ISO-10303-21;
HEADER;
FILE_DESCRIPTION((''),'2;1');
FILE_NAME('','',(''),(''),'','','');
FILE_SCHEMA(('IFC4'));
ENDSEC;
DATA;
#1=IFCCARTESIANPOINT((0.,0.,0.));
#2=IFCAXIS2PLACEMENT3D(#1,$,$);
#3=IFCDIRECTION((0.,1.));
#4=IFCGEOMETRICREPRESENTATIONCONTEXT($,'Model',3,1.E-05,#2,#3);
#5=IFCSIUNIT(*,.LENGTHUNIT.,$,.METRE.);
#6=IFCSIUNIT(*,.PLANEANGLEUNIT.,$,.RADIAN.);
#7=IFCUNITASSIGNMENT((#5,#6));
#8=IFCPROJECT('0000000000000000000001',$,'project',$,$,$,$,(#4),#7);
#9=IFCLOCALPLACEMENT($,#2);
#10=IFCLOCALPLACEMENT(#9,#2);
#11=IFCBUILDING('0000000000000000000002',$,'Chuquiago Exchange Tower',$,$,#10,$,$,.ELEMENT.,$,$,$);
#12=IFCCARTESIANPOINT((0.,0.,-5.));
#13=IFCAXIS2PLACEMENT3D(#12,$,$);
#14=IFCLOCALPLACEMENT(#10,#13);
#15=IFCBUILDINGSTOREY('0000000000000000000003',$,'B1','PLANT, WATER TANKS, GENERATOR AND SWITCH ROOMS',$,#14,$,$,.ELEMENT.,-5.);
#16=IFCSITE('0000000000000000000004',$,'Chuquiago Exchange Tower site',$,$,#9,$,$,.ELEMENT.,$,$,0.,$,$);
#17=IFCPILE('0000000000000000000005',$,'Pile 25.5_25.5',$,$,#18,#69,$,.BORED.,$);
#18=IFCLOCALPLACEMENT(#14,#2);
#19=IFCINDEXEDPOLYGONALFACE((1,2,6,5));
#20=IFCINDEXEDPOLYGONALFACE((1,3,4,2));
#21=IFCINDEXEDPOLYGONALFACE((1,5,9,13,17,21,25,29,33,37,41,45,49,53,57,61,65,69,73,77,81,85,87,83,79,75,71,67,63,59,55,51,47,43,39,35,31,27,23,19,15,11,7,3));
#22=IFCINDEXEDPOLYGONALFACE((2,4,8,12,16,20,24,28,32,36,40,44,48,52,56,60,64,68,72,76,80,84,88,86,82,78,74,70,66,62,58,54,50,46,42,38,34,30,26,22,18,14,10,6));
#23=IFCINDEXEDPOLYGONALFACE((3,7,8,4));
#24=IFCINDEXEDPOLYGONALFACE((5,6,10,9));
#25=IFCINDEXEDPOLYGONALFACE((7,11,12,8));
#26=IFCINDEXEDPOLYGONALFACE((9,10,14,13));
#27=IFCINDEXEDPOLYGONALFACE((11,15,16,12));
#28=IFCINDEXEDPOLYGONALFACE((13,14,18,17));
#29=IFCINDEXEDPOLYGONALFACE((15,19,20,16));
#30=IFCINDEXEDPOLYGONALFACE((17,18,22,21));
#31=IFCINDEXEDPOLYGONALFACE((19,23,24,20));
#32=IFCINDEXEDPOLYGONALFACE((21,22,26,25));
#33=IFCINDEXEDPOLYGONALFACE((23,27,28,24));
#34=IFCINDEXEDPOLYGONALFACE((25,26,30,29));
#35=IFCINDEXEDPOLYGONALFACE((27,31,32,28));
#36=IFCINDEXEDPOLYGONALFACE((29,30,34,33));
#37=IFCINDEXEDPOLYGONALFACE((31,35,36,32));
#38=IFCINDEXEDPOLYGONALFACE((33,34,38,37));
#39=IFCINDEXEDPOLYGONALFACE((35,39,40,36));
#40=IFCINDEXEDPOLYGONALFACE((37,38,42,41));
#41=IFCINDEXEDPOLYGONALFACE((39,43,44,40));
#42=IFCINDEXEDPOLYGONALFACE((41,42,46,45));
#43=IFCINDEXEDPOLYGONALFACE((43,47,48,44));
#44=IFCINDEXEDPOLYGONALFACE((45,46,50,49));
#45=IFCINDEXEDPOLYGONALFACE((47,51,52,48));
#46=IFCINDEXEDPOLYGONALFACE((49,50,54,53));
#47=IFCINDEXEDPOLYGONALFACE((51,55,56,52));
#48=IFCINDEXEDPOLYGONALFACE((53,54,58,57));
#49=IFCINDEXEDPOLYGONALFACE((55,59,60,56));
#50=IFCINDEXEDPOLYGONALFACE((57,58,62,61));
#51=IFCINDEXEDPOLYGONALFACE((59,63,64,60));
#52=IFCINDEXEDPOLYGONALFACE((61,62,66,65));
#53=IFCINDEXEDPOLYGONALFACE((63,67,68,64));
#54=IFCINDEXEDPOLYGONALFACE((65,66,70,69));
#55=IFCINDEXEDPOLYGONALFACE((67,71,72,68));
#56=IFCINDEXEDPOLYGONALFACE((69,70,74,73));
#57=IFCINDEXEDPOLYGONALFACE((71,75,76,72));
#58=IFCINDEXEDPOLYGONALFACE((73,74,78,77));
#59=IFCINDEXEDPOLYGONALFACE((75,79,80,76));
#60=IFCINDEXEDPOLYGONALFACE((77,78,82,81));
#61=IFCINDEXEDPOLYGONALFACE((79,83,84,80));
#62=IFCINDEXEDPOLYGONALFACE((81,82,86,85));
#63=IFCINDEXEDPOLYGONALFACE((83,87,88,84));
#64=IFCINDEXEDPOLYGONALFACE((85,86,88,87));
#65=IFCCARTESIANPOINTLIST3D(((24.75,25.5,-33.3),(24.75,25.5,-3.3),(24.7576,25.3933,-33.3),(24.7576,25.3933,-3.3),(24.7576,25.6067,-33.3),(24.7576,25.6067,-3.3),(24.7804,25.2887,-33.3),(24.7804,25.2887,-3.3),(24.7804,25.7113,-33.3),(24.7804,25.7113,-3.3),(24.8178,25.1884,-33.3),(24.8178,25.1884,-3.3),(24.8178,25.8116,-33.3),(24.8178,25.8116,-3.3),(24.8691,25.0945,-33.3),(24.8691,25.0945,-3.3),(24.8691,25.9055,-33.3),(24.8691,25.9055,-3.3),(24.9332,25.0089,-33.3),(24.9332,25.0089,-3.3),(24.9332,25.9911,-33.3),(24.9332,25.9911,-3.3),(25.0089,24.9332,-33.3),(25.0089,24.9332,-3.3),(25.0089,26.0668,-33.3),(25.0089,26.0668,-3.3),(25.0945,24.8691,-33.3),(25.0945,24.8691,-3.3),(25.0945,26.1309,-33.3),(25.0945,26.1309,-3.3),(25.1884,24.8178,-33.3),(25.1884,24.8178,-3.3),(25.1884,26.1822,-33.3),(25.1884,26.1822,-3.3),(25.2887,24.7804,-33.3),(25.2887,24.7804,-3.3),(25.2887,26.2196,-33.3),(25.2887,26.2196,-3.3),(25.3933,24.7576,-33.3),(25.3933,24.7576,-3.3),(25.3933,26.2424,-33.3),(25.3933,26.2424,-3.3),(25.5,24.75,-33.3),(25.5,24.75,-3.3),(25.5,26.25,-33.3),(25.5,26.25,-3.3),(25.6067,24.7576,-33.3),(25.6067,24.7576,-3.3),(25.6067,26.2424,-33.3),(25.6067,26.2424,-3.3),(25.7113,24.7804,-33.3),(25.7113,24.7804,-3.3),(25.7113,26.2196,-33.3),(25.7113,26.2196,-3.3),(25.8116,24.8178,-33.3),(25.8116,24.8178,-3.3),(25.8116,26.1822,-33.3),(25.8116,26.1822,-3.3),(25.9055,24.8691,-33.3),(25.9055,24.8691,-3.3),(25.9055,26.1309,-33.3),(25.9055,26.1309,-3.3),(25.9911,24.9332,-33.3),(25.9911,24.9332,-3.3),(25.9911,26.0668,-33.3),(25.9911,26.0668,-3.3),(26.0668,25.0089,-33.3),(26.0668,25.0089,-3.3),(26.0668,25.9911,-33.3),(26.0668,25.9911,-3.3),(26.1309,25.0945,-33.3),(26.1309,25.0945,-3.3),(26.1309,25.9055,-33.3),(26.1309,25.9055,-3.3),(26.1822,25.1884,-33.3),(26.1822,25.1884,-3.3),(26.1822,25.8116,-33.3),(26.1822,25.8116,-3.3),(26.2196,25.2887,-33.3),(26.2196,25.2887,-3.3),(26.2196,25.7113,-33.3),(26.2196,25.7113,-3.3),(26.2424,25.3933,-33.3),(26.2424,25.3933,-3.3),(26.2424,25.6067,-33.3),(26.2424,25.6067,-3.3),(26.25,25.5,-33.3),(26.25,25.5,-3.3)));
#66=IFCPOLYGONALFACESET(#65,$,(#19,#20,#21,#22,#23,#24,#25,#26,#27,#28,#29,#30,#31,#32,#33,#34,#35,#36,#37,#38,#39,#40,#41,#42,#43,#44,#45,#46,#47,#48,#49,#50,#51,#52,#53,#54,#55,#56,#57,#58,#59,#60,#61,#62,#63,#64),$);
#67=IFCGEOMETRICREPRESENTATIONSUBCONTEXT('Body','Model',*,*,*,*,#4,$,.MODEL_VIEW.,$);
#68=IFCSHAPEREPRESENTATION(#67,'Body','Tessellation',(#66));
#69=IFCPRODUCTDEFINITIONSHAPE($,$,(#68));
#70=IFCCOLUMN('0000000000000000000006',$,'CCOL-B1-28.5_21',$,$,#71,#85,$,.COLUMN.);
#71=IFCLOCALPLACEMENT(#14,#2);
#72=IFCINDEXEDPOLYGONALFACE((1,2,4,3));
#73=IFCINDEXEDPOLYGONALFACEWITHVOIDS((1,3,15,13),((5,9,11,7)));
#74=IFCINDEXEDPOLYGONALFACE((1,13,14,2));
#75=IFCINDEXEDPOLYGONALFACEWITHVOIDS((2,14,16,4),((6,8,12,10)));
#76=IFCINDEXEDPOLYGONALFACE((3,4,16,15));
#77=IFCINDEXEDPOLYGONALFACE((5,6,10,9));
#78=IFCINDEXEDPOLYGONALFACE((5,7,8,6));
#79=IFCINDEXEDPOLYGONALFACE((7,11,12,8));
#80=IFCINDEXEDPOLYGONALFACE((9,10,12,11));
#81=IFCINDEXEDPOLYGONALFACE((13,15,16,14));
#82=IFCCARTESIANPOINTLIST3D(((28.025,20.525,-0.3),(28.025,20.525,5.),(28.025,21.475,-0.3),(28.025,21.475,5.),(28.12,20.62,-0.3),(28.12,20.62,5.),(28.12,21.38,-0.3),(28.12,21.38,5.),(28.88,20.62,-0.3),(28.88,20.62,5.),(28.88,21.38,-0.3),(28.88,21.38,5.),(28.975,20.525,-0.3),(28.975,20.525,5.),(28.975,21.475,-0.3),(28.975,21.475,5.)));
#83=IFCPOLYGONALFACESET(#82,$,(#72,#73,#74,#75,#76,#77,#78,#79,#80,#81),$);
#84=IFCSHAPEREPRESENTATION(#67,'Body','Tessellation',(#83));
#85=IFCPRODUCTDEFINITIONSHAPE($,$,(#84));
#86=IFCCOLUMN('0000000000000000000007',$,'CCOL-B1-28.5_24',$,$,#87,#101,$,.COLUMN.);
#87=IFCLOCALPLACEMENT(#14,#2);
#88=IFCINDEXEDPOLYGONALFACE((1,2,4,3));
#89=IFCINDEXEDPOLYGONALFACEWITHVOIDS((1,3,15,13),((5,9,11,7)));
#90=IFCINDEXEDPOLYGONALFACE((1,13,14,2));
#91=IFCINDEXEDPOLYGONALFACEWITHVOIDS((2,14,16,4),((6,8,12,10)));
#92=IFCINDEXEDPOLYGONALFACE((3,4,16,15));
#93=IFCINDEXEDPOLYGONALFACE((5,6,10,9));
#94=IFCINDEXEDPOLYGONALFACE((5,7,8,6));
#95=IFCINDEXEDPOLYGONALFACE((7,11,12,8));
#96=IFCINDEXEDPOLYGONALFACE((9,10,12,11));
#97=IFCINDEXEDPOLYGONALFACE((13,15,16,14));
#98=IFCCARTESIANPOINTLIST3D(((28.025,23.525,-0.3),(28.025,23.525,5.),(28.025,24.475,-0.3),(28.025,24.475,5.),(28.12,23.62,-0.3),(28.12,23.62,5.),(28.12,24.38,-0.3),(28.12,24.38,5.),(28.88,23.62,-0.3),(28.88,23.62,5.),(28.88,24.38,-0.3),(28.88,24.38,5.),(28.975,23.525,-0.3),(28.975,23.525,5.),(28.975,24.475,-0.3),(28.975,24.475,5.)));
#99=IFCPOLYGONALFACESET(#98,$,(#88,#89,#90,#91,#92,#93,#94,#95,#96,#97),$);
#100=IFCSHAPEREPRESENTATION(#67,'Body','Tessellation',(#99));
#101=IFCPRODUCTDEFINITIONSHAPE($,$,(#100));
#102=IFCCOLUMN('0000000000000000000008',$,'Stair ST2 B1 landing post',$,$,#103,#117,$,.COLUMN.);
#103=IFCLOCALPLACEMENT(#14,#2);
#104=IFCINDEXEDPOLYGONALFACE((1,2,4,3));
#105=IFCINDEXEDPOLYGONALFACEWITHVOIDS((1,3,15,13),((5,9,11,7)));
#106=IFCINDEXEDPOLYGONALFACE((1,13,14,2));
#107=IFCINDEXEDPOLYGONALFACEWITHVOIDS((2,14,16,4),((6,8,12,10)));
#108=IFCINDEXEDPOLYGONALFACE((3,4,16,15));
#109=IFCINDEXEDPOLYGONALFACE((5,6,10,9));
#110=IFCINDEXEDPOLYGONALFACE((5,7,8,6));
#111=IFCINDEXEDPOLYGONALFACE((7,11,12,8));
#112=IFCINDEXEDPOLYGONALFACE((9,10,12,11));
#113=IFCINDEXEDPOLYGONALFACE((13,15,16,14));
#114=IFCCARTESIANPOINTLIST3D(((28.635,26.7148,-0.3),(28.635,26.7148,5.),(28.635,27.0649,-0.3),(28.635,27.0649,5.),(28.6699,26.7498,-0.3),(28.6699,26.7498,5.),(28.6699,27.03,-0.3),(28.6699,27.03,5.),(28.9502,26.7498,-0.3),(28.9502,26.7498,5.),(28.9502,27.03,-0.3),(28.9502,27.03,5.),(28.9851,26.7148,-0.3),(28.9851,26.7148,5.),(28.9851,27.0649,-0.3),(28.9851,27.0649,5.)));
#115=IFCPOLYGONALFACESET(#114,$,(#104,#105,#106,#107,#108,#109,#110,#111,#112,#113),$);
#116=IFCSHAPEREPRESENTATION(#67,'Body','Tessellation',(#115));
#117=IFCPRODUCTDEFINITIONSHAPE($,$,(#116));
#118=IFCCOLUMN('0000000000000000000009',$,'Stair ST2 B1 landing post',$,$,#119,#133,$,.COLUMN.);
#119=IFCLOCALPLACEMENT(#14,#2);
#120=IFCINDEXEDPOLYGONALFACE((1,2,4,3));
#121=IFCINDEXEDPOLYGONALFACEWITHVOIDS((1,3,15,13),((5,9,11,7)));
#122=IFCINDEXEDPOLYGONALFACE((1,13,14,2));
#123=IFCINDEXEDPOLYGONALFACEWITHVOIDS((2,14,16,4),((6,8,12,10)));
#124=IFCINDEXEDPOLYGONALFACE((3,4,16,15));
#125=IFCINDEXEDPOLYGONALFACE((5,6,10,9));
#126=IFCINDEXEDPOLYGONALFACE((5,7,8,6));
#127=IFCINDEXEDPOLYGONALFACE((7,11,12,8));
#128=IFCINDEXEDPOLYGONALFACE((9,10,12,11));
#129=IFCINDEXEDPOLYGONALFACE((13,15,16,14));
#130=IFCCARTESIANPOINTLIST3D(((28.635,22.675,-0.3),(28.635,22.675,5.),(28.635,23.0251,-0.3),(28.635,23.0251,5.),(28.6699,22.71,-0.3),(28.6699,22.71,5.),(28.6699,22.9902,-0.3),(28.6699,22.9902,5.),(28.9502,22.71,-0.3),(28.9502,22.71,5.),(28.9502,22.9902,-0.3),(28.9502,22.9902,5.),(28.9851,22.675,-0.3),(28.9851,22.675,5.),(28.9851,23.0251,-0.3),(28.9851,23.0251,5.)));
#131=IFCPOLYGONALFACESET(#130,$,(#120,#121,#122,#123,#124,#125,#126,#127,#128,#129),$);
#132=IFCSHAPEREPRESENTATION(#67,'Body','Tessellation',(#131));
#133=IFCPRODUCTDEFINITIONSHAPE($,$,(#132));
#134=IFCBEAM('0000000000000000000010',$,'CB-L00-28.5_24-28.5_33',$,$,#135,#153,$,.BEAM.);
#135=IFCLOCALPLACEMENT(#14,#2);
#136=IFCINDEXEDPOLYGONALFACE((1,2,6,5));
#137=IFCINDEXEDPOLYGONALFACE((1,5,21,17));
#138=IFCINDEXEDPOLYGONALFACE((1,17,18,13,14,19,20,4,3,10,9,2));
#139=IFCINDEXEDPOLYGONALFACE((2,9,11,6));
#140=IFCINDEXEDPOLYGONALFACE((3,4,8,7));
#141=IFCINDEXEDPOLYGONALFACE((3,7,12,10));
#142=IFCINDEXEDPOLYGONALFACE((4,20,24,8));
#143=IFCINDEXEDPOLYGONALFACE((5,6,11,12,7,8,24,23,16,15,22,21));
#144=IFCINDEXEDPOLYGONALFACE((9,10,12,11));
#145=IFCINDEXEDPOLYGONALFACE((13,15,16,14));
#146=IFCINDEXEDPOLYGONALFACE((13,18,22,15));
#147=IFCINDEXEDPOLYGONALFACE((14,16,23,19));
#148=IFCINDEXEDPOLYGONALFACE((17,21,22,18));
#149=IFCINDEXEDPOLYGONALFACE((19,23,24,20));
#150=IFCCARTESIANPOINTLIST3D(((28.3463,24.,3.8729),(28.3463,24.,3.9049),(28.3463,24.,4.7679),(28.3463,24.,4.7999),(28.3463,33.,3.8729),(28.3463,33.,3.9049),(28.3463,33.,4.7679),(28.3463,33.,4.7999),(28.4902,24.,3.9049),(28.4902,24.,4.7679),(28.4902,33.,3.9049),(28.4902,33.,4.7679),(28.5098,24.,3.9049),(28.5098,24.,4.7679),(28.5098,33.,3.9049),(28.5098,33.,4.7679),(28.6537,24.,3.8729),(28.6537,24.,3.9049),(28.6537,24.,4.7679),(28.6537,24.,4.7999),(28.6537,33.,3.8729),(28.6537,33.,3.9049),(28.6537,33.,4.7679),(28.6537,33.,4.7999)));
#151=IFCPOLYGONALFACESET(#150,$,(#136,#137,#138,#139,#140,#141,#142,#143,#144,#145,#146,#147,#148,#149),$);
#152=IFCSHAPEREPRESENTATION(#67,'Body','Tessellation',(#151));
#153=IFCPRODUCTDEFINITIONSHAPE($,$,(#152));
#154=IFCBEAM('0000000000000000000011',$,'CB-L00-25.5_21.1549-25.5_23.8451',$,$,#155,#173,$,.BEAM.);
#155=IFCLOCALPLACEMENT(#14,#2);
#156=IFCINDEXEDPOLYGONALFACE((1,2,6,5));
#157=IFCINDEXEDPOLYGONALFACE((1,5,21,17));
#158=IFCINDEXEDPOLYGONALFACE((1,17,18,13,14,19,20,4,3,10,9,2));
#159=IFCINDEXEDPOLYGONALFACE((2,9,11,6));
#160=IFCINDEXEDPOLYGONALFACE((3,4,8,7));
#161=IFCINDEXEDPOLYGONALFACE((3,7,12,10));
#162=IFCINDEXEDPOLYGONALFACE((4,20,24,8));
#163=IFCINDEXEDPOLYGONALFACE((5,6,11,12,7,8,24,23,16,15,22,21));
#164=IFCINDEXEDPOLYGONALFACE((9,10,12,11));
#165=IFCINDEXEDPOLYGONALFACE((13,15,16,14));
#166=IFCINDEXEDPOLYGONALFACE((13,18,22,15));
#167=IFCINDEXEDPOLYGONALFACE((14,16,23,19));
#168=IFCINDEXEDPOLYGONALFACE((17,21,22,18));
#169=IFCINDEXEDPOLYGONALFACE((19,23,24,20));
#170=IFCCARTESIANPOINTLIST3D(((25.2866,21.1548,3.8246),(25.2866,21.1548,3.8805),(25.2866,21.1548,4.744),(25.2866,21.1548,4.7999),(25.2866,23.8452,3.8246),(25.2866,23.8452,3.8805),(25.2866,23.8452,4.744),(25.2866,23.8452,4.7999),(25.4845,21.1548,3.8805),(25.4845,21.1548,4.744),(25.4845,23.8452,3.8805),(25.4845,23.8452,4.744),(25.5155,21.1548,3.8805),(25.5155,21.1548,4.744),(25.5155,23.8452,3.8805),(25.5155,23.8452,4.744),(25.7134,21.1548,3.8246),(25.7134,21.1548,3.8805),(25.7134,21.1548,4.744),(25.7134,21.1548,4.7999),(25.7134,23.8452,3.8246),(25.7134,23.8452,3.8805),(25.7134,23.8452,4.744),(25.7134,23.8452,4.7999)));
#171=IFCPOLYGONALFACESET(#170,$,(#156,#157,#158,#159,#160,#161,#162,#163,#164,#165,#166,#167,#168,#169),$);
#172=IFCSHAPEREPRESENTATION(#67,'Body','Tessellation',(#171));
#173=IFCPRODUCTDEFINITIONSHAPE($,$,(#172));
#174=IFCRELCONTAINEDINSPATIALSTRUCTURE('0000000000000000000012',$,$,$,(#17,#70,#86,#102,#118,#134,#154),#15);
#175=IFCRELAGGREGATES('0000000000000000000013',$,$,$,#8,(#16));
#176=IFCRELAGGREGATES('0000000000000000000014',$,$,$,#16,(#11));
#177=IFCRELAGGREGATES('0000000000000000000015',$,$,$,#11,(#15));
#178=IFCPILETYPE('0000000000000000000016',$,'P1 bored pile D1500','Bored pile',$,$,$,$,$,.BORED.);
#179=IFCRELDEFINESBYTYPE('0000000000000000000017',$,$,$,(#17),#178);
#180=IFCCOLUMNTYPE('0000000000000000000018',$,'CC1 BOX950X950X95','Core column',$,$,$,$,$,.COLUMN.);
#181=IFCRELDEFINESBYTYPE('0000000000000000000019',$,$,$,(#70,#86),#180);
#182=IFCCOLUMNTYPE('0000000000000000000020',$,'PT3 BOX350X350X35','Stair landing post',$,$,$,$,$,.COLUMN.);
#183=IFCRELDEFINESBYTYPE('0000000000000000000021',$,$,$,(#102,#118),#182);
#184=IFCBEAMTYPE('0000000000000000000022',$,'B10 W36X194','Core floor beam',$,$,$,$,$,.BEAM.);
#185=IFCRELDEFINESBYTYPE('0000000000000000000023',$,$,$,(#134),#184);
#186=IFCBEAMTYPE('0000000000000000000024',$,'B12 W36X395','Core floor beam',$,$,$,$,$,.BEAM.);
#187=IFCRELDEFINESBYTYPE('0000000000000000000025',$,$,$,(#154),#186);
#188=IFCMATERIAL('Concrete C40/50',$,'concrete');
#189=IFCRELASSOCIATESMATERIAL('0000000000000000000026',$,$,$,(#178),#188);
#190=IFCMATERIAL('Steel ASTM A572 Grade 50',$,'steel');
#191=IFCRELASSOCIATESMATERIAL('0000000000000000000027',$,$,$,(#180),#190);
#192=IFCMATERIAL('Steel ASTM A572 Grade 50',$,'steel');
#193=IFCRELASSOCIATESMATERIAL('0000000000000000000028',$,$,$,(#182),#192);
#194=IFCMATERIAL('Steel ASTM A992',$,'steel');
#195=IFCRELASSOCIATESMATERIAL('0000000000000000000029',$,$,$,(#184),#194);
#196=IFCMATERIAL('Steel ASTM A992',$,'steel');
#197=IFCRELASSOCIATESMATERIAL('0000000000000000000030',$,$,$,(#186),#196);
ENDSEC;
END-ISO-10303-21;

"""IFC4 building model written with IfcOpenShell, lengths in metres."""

from ifc_helpers import new_model, si_unit, direction, frame, origin, origin_2d, place, context, subcontext, project, spatial, hollow_rectangle, circle, i_section, extrude, material, material_profile, profile_set, type_object, element, save


model = new_model("IFC4")

# Units and contexts
model_context = context("Model", 3, precision=1e-05, world=origin(), true_north=direction((0.0, 1.0)))
body_context = subcontext(model_context, "Body", "Model", "MODEL_VIEW")
ifc_project = project(units=[si_unit("LENGTHUNIT", "METRE"), si_unit("PLANEANGLEUNIT", "RADIAN")], contexts=[model_context])

# Site, building, storey
site_placement = place(None, origin())
site = spatial("IfcSite", under=ifc_project, at=site_placement, Name="Chuquiago Exchange Tower site", CompositionType="ELEMENT", RefElevation=0.0)
building_placement = place(site_placement, origin())
building = spatial("IfcBuilding", under=site, at=building_placement, Name="Chuquiago Exchange Tower", CompositionType="ELEMENT")
storey_placement = place(building_placement, frame((0.0, 0.0, -5.0)))
storey = spatial("IfcBuildingStorey", under=building, at=storey_placement, Name="B1", Description="PLANT, WATER TANKS, GENERATOR AND SWITCH ROOMS", CompositionType="ELEMENT", Elevation=-5.0)

# Pile
ifc_material_1 = material(Name="Concrete C40/50", Category="concrete")
ifc_material_profile_1 = material_profile(ifc_material_1, circle(Radius=0.75, at=origin_2d()), Name="D1500")
ifc_profile_set_1 = profile_set([ifc_material_profile_1], Name="Concrete C40/50")
pile_type = type_object("IfcPileType", Name="P1 bored pile D1500", Description="Bored pile", PredefinedType="BORED", material=ifc_profile_set_1)
for number, where, z_axis, x_axis, name in (
    (1, (25.5, 25.5, -3.3), (0.0, 0.0, -1.0), (1.0, 0.0, 0.0), "Pile 25.5_25.5"),
):
    element("IfcPile", number, at=place(storey_placement, frame(where, z_axis=z_axis, x_axis=x_axis)), inside=storey, type_object=pile_type, Name=name, PredefinedType="BORED", context=body_context, shape_type="SweptSolid", body=[
        extrude(circle(Radius=0.75, at=origin_2d()), origin(), (0.0, 0.0, 1.0), 30.0),
    ])

# Columns
ifc_material_2 = material(Name="Steel ASTM A572 Grade 50", Category="steel")
ifc_material_profile_2 = material_profile(ifc_material_2, hollow_rectangle(XDim=0.95, YDim=0.95, WallThickness=0.095, at=origin_2d()), Name="BOX950X950X95")
ifc_profile_set_2 = profile_set([ifc_material_profile_2], Name="Steel ASTM A572 Grade 50")
column_type_1 = type_object("IfcColumnType", Name="CC1 BOX950X950X95", Description="Core column", PredefinedType="COLUMN", material=ifc_profile_set_2)
for number, where, z_axis, x_axis, name in (
    (2, (28.5, 21.0, -0.3), (0.0, 0.0, 1.0), (1.0, 0.0, 0.0), "CCOL-B1-28.5_21"),
    (3, (28.5, 24.0, -0.3), (0.0, 0.0, 1.0), (1.0, 0.0, 0.0), "CCOL-B1-28.5_24"),
):
    element("IfcColumn", number, at=place(storey_placement, frame(where, z_axis=z_axis, x_axis=x_axis)), inside=storey, type_object=column_type_1, Name=name, PredefinedType="COLUMN", context=body_context, shape_type="SweptSolid", body=[
        extrude(hollow_rectangle(XDim=0.95, YDim=0.95, WallThickness=0.095, at=origin_2d()), origin(), (0.0, 0.0, 1.0), 5.3),
    ])
ifc_material_3 = material(Name="Steel ASTM A572 Grade 50", Category="steel")
ifc_material_profile_3 = material_profile(ifc_material_3, hollow_rectangle(XDim=0.3501, YDim=0.3501, WallThickness=0.0349, at=origin_2d()), Name="BOX350X350X35")
ifc_profile_set_3 = profile_set([ifc_material_profile_3], Name="Steel ASTM A572 Grade 50")
column_type_2 = type_object("IfcColumnType", Name="PT3 BOX350X350X35", Description="Stair landing post", PredefinedType="COLUMN", material=ifc_profile_set_3)
for number, where, z_axis, x_axis, name in (
    (4, (28.8101, 26.8899, -0.3), (0.0, 0.0, 1.0), (1.0, 0.0, 0.0), "Stair ST2 B1 landing post"),
    (5, (28.8101, 22.8501, -0.3), (0.0, 0.0, 1.0), (1.0, 0.0, 0.0), "Stair ST2 B1 landing post"),
):
    element("IfcColumn", number, at=place(storey_placement, frame(where, z_axis=z_axis, x_axis=x_axis)), inside=storey, type_object=column_type_2, Name=name, PredefinedType="COLUMN", context=body_context, shape_type="SweptSolid", body=[
        extrude(hollow_rectangle(XDim=0.3501, YDim=0.3501, WallThickness=0.0349, at=origin_2d()), origin(), (0.0, 0.0, 1.0), 5.3),
    ])

# Beams
ifc_material_4 = material(Name="Steel ASTM A992", Category="steel")
ifc_material_profile_4 = material_profile(ifc_material_4, i_section(OverallWidth=0.3074, OverallDepth=0.927, WebThickness=0.0195, FlangeThickness=0.032, at=origin_2d()), Name="W36X194")
ifc_profile_set_4 = profile_set([ifc_material_profile_4], Name="Steel ASTM A992")
beam_type_1 = type_object("IfcBeamType", Name="B10 W36X194", Description="Core floor beam", PredefinedType="BEAM", material=ifc_profile_set_4)
beam_1_placement = place(storey_placement, frame((28.5, 24.0, 4.3364), z_axis=(0.0, 1.0, 0.0), x_axis=(-1.0, 0.0, 0.0)))
element("IfcBeam", 6, at=beam_1_placement, inside=storey, type_object=beam_type_1, Name="CB-L00-28.5_24-28.5_33", PredefinedType="BEAM", context=body_context, shape_type="SweptSolid", body=[
    extrude(i_section(OverallWidth=0.3074, OverallDepth=0.927, WebThickness=0.0195, FlangeThickness=0.032, at=origin_2d()), origin(), (0.0, 0.0, 1.0), 9.0),
])
ifc_material_5 = material(Name="Steel ASTM A992", Category="steel")
ifc_material_profile_5 = material_profile(ifc_material_5, i_section(OverallWidth=0.4268, OverallDepth=0.9753, WebThickness=0.031, FlangeThickness=0.0559, at=origin_2d()), Name="W36X395")
ifc_profile_set_5 = profile_set([ifc_material_profile_5], Name="Steel ASTM A992")
beam_type_2 = type_object("IfcBeamType", Name="B12 W36X395", Description="Core floor beam", PredefinedType="BEAM", material=ifc_profile_set_5)
beam_2_placement = place(storey_placement, frame((25.5, 21.1548, 4.3123), z_axis=(0.0, 1.0, 0.0), x_axis=(-1.0, 0.0, 0.0)))
element("IfcBeam", 7, at=beam_2_placement, inside=storey, type_object=beam_type_2, Name="CB-L00-25.5_21.1549-25.5_23.8451", PredefinedType="BEAM", context=body_context, shape_type="SweptSolid", body=[
    extrude(i_section(OverallWidth=0.4268, OverallDepth=0.9753, WebThickness=0.031, FlangeThickness=0.0559, at=origin_2d()), origin(), (0.0, 0.0, 1.0), 2.6904),
])

save(model, "model.ifc")
